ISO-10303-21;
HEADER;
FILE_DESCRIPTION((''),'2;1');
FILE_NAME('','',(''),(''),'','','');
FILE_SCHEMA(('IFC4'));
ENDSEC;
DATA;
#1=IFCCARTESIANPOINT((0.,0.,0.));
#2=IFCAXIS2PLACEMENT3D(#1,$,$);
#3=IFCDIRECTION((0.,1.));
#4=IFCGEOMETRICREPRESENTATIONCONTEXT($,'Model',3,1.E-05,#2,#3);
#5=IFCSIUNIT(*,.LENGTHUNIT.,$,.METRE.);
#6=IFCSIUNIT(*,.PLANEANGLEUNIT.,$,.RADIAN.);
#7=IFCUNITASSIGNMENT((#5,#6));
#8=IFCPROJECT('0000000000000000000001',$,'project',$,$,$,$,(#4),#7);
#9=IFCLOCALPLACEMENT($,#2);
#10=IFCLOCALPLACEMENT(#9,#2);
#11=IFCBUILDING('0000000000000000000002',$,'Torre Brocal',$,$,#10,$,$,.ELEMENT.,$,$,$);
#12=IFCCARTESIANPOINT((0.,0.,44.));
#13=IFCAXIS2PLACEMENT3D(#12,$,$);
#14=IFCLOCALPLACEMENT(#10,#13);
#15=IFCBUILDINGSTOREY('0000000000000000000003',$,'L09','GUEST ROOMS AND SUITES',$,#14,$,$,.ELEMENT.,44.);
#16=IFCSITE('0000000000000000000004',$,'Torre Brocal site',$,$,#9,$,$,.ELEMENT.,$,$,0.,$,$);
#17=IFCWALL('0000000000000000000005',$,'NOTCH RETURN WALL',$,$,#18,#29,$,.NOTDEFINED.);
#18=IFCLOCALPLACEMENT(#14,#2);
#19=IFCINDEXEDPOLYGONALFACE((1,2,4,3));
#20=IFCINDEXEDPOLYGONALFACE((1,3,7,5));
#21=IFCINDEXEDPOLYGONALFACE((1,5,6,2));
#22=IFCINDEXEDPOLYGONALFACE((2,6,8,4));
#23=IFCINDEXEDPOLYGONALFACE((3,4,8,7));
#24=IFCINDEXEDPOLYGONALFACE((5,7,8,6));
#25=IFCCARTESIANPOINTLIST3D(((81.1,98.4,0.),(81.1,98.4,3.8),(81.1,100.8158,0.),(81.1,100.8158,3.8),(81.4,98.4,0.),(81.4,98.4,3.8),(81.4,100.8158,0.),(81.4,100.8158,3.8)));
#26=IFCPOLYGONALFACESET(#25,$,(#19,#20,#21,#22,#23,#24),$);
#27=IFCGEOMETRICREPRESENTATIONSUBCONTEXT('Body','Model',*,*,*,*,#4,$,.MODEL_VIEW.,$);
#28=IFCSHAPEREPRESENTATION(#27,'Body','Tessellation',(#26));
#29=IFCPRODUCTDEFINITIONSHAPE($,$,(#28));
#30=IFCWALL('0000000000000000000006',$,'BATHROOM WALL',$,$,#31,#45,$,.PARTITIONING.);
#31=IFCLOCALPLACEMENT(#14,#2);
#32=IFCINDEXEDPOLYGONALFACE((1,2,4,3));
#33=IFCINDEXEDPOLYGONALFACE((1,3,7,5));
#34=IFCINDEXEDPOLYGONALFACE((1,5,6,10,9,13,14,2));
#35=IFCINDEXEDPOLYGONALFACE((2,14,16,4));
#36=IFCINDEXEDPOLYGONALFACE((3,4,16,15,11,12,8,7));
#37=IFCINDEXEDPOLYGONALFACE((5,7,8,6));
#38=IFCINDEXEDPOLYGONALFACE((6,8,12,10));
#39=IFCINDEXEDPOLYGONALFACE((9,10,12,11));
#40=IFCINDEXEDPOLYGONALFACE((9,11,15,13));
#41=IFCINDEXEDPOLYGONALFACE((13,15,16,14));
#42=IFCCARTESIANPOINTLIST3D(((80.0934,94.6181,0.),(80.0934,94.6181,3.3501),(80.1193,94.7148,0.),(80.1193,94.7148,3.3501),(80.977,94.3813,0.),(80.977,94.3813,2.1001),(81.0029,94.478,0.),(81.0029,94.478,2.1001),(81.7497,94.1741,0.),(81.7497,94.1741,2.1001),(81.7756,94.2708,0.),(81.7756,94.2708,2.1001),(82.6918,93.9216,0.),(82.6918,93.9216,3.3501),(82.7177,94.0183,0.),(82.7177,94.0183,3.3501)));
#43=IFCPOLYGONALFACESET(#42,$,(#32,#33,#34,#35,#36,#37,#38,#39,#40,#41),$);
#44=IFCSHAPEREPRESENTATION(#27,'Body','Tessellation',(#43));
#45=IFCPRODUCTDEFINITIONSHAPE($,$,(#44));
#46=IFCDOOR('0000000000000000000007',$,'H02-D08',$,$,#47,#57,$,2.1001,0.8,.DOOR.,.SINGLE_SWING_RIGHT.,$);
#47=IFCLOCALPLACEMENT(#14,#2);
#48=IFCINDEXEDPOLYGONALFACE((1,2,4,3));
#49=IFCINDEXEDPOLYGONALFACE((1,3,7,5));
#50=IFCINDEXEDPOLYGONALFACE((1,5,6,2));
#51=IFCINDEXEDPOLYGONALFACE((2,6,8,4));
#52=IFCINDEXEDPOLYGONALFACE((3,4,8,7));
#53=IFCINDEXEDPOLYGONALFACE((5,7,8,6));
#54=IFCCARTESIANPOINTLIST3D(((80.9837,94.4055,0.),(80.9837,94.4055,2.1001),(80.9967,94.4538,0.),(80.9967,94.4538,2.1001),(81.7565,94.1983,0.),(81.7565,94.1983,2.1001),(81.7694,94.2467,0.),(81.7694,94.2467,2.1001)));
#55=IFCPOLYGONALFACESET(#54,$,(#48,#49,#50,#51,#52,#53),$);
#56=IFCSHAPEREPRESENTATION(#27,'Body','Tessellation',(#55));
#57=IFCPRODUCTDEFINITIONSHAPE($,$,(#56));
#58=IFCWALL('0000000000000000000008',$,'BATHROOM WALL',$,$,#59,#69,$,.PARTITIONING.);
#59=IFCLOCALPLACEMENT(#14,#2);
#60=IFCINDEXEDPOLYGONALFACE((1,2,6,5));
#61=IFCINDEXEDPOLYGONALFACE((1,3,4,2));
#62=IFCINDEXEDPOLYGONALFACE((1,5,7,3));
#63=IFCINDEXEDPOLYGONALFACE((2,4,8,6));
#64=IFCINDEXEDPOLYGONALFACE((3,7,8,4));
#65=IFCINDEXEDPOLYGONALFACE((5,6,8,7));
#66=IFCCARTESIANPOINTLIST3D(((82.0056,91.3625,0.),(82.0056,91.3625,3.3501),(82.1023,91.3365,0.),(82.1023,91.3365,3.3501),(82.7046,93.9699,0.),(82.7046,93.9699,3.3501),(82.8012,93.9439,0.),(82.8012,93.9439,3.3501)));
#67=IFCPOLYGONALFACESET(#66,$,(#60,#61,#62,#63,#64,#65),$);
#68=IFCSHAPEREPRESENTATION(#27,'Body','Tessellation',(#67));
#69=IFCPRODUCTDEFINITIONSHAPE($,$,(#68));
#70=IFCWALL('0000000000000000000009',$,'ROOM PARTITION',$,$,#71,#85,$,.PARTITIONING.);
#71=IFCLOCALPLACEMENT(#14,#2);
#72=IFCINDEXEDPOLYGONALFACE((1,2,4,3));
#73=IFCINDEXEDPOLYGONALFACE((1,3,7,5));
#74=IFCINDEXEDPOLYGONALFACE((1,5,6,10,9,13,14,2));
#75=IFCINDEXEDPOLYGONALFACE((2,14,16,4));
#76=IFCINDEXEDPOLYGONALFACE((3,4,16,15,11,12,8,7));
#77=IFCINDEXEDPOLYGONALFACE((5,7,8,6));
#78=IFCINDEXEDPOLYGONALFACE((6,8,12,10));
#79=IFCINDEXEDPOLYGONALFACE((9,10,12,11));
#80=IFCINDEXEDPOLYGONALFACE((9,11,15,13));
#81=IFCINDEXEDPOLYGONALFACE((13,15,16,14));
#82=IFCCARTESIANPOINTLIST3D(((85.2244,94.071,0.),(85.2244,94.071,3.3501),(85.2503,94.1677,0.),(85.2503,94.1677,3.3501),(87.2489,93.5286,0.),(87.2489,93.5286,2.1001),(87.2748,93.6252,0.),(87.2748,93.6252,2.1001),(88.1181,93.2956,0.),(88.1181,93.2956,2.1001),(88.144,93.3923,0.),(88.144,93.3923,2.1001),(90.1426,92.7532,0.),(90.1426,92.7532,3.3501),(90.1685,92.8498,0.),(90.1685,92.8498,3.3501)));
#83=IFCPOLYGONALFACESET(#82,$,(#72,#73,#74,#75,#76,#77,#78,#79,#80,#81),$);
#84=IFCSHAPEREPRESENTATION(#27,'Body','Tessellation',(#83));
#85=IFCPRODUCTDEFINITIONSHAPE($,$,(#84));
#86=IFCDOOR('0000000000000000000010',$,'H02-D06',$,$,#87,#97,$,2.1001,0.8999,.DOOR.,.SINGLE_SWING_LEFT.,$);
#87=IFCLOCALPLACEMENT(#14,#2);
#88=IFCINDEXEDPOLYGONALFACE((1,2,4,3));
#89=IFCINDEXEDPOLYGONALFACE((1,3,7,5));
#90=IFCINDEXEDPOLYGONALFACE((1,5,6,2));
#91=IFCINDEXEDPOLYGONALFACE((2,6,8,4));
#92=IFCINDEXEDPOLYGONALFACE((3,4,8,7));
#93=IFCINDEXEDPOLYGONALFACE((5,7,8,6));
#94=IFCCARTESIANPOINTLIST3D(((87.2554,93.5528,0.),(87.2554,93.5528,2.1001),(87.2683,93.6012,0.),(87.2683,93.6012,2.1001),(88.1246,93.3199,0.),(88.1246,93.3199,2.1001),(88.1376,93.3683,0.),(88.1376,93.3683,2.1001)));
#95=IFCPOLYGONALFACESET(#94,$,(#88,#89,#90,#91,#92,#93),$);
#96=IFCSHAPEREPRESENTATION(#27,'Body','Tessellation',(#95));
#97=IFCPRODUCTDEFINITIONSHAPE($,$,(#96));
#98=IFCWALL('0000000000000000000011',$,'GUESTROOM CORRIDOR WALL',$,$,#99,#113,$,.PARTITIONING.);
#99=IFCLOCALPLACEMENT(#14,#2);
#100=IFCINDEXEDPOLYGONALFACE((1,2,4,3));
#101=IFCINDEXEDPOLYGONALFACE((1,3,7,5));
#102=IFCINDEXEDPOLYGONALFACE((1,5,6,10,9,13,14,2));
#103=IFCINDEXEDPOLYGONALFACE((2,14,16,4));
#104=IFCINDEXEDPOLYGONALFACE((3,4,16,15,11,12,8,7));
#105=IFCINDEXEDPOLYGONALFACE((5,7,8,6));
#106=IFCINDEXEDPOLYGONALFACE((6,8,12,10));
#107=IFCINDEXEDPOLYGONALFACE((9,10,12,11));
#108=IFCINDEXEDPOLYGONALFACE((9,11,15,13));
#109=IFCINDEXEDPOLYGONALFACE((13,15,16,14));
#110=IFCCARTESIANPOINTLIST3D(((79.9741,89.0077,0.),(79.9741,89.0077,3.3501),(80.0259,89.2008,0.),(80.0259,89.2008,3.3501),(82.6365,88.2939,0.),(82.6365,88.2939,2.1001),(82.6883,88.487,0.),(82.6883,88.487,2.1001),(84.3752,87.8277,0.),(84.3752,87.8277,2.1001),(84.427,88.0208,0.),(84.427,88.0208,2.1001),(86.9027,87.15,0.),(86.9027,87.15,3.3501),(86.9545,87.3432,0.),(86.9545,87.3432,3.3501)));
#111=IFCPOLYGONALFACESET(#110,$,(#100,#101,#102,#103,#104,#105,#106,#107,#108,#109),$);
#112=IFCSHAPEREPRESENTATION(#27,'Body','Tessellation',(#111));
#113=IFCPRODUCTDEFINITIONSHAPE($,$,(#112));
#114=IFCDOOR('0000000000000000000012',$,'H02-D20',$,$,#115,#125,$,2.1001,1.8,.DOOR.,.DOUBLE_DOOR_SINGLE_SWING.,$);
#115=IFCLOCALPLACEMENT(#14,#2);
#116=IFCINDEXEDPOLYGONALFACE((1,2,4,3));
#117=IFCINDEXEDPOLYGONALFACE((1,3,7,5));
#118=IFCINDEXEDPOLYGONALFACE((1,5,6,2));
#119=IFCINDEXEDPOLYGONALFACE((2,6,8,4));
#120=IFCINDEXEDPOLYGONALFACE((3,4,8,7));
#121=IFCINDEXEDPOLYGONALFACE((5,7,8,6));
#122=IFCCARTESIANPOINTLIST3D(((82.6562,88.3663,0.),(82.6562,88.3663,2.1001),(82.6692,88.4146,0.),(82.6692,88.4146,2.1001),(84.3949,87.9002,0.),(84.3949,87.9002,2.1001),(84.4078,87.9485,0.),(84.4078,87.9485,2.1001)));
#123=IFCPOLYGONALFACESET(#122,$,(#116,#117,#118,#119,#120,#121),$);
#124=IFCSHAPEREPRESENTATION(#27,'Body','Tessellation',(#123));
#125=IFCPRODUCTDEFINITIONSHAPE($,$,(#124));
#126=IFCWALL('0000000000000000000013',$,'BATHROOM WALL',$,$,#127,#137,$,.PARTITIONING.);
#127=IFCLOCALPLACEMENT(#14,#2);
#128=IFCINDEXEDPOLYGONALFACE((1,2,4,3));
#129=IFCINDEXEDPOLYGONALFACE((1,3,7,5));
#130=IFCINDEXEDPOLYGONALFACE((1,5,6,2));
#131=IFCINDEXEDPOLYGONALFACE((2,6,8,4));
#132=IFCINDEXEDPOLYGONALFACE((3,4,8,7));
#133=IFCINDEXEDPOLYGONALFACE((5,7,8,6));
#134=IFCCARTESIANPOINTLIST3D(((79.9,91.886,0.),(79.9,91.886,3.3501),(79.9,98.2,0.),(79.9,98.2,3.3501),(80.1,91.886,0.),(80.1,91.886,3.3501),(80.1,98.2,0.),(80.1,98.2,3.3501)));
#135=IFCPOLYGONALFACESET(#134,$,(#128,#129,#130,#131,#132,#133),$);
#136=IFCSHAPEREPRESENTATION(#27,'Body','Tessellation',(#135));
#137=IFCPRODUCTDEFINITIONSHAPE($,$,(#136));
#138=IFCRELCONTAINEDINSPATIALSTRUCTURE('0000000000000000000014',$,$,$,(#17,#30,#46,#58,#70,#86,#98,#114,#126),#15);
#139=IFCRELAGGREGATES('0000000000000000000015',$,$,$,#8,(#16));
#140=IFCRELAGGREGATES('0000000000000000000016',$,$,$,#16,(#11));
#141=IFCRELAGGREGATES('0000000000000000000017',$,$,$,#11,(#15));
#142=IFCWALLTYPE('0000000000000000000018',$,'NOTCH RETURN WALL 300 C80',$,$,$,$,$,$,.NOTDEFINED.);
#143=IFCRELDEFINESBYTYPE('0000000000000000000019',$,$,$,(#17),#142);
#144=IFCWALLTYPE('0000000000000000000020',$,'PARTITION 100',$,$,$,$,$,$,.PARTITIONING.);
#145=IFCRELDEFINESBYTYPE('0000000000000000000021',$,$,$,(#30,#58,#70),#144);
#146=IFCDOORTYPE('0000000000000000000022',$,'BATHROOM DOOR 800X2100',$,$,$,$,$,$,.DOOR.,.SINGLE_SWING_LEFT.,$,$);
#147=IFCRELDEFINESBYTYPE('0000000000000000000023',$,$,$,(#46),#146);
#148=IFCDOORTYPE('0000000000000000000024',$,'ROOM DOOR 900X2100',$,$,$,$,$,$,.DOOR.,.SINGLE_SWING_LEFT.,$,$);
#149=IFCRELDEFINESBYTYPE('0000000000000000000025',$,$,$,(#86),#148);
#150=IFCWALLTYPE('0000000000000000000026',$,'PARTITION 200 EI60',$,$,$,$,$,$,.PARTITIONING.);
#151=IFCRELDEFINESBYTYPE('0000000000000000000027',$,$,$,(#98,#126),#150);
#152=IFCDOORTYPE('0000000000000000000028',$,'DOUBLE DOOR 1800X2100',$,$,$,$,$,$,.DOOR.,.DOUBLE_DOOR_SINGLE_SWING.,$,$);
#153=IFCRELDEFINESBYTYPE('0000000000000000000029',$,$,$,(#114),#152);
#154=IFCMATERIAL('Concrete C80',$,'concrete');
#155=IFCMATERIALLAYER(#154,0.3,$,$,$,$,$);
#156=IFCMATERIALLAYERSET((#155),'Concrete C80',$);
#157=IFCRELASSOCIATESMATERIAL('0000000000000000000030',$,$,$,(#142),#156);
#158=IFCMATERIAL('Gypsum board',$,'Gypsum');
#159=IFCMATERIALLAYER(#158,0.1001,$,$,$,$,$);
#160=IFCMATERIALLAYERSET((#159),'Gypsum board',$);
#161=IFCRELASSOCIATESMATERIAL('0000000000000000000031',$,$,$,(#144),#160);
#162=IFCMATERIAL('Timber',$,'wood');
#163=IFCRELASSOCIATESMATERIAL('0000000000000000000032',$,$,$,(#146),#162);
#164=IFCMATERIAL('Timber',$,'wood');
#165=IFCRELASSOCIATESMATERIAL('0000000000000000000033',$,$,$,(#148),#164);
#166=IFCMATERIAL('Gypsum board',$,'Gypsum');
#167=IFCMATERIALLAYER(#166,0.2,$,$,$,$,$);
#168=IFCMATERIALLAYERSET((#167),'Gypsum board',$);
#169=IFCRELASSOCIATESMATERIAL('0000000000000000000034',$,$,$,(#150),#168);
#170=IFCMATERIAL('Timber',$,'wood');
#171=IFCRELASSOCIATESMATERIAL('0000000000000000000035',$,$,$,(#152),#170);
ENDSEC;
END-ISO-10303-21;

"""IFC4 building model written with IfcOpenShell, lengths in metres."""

from ifc_helpers import new_model, si_unit, direction, frame, frame_2d, origin, place, context, subcontext, project, spatial, rectangle, extrude, material, layer, layer_set, type_object, element, fill, save


model = new_model("IFC4")

# Units and contexts
model_context = context("Model", 3, precision=1e-05, world=origin(), true_north=direction((0.0, 1.0)))
body_context = subcontext(model_context, "Body", "Model", "MODEL_VIEW")
ifc_project = project(units=[si_unit("LENGTHUNIT", "METRE"), si_unit("PLANEANGLEUNIT", "RADIAN")], contexts=[model_context])

# Site, building, storey
site_placement = place(None, origin())
site = spatial("IfcSite", under=ifc_project, at=site_placement, Name="Torre Brocal site", CompositionType="ELEMENT", RefElevation=0.0)
building_placement = place(site_placement, origin())
building = spatial("IfcBuilding", under=site, at=building_placement, Name="Torre Brocal", CompositionType="ELEMENT")
storey_placement = place(building_placement, frame((0.0, 0.0, 44.0)))
storey = spatial("IfcBuildingStorey", under=building, at=storey_placement, Name="L09", Description="GUEST ROOMS AND SUITES", CompositionType="ELEMENT", Elevation=44.0)

# Wall
ifc_material_1 = material(Name="Concrete C80", Category="concrete")
ifc_layer_1 = layer(ifc_material_1, 0.3)
ifc_layer_set_1 = layer_set([ifc_layer_1], Name="Concrete C80")
wall_type_1 = type_object("IfcWallType", Name="NOTCH RETURN WALL 300 C80", PredefinedType="NOTDEFINED", material=ifc_layer_set_1)
wall_1_placement = place(storey_placement, frame((81.25, 98.3999, 0.0), z_axis=(0.0, 0.0, 1.0), x_axis=(0.0, 1.0, 0.0)))
element("IfcWall", 1, at=wall_1_placement, inside=storey, type_object=wall_type_1, Name="NOTCH RETURN WALL", PredefinedType="NOTDEFINED", context=body_context, shape_type="SweptSolid", body=[
    extrude(rectangle(XDim=2.4158, YDim=0.3, at=frame_2d((1.208, 0.0))), origin(), (0.0, 0.0, 1.0), 3.8),
])

# Wall, opening, door
ifc_material_2 = material(Name="Gypsum board", Category="Gypsum")
ifc_layer_2 = layer(ifc_material_2, 0.1001)
ifc_layer_set_2 = layer_set([ifc_layer_2], Name="Gypsum board")
wall_type_2 = type_object("IfcWallType", Name="PARTITION 100", PredefinedType="PARTITIONING", material=ifc_layer_set_2)
wall_2_placement = place(storey_placement, frame((80.1062, 94.6665, 0.0), z_axis=(0.0, 0.0, 1.0), x_axis=(0.965898, -0.258922, 0.0)))
wall_2 = element("IfcWall", 2, at=wall_2_placement, inside=storey, type_object=wall_type_2, Name="BATHROOM WALL", PredefinedType="PARTITIONING", context=body_context, shape_type="SweptSolid", body=[
    extrude(rectangle(XDim=2.6902, YDim=0.1001, at=frame_2d((1.3452, 0.0))), origin(), (0.0, 0.0, 1.0), 3.3501),
])
opening_1_placement = place(wall_2_placement, frame((0.915, 0.0, 0.0)))
opening_1 = element("IfcOpeningElement", 3, at=opening_1_placement, cuts=wall_2, PredefinedType="OPENING", context=body_context, shape_type="SweptSolid", body=[
    extrude(rectangle(XDim=0.8, YDim=2.1001, at=frame_2d((0.3999, 1.05))), frame((0.0, 0.0601, 0.0), z_axis=(0.0, -1.0, 0.0), x_axis=(1.0, 0.0, 0.0)), (0.0, 0.0, 1.0), 0.1201),
])
ifc_material_3 = material(Name="Timber", Category="wood")
door_type_1 = type_object("IfcDoorType", Name="BATHROOM DOOR 800X2100", OperationType="SINGLE_SWING_LEFT", PredefinedType="DOOR", material=ifc_material_3)
door_1_placement = place(opening_1_placement, frame((0.8, 0.0, 0.0), z_axis=(0.0, 0.0, 1.0), x_axis=(-1.0, 0.0, 0.0)))
door_1 = element("IfcDoor", 4, at=door_1_placement, inside=storey, type_object=door_type_1, Name="H02-D08", OperationType="SINGLE_SWING_RIGHT", OverallHeight=2.1001, OverallWidth=0.8, PredefinedType="DOOR", context=body_context, shape_type="SweptSolid", body=[
    extrude(rectangle(XDim=0.8, YDim=2.1001, at=frame_2d((0.3999, 1.05))), frame((0.0, 0.0249, 0.0), z_axis=(0.0, -1.0, 0.0), x_axis=(1.0, 0.0, 0.0)), (0.0, 0.0, 1.0), 0.05),
])
fill(opening_1, door_1)

# Wall
wall_3_placement = place(storey_placement, frame((82.054, 91.3496, 0.0), z_axis=(0.0, 0.0, 1.0), x_axis=(0.258929, 0.965896, 0.0)))
element("IfcWall", 5, at=wall_3_placement, inside=storey, type_object=wall_type_2, Name="BATHROOM WALL", PredefinedType="PARTITIONING", context=body_context, shape_type="SweptSolid", body=[
    extrude(rectangle(XDim=2.6995, YDim=0.1001, at=frame_2d((1.3496, 0.0))), origin(), (0.0, 0.0, 1.0), 3.3501),
])

# Walls, openings, doors
wall_4_placement = place(storey_placement, frame((85.2373, 94.1194, 0.0), z_axis=(0.0, 0.0, 1.0), x_axis=(0.965924, -0.258826, 0.0)))
wall_4 = element("IfcWall", 6, at=wall_4_placement, inside=storey, type_object=wall_type_2, Name="ROOM PARTITION", PredefinedType="PARTITIONING", context=body_context, shape_type="SweptSolid", body=[
    extrude(rectangle(XDim=5.0918, YDim=0.1001, at=frame_2d((2.5459, 0.0))), origin(), (0.0, 0.0, 1.0), 3.3501),
])
opening_2_placement = place(wall_4_placement, frame((2.0959, 0.0, 0.0)))
opening_2 = element("IfcOpeningElement", 7, at=opening_2_placement, cuts=wall_4, PredefinedType="OPENING", context=body_context, shape_type="SweptSolid", body=[
    extrude(rectangle(XDim=0.8999, YDim=2.1001, at=frame_2d((0.45, 1.05))), frame((0.0, 0.0601, 0.0), z_axis=(0.0, -1.0, 0.0), x_axis=(1.0, 0.0, 0.0)), (0.0, 0.0, 1.0), 0.1201),
])
ifc_material_4 = material(Name="Timber", Category="wood")
door_type_2 = type_object("IfcDoorType", Name="ROOM DOOR 900X2100", OperationType="SINGLE_SWING_LEFT", PredefinedType="DOOR", material=ifc_material_4)
door_2_placement = place(opening_2_placement, frame((0.8999, 0.0, 0.0), z_axis=(0.0, 0.0, 1.0), x_axis=(-1.0, 0.0, 0.0)))
door_2 = element("IfcDoor", 8, at=door_2_placement, inside=storey, type_object=door_type_2, Name="H02-D06", OperationType="SINGLE_SWING_LEFT", OverallHeight=2.1001, OverallWidth=0.8999, PredefinedType="DOOR", context=body_context, shape_type="SweptSolid", body=[
    extrude(rectangle(XDim=0.8999, YDim=2.1001, at=frame_2d((0.45, 1.05))), frame((0.0, 0.0249, 0.0), z_axis=(0.0, -1.0, 0.0), x_axis=(1.0, 0.0, 0.0)), (0.0, 0.0, 1.0), 0.05),
])
fill(opening_2, door_2)
ifc_material_5 = material(Name="Gypsum board", Category="Gypsum")
ifc_layer_3 = layer(ifc_material_5, 0.2)
ifc_layer_set_3 = layer_set([ifc_layer_3], Name="Gypsum board")
wall_type_3 = type_object("IfcWallType", Name="PARTITION 200 EI60", PredefinedType="PARTITIONING", material=ifc_layer_set_3)
wall_5_placement = place(storey_placement, frame((80.0, 89.1042, 0.0), z_axis=(0.0, 0.0, 1.0), x_axis=(0.965887, -0.258965, 0.0)))
wall_5 = element("IfcWall", 9, at=wall_5_placement, inside=storey, type_object=wall_type_3, Name="GUESTROOM CORRIDOR WALL", PredefinedType="PARTITIONING", context=body_context, shape_type="SweptSolid", body=[
    extrude(rectangle(XDim=7.1733, YDim=0.2, at=frame_2d((3.5867, 0.0))), origin(), (0.0, 0.0, 1.0), 3.3501),
])
opening_3_placement = place(wall_5_placement, frame((2.7566, 0.0, 0.0)))
opening_3 = element("IfcOpeningElement", 10, at=opening_3_placement, cuts=wall_5, PredefinedType="OPENING", context=body_context, shape_type="SweptSolid", body=[
    extrude(rectangle(XDim=1.8, YDim=2.1001, at=frame_2d((0.8999, 1.05))), frame((0.0, 0.1099, 0.0), z_axis=(0.0, -1.0, 0.0), x_axis=(1.0, 0.0, 0.0)), (0.0, 0.0, 1.0), 0.22),
])
ifc_material_6 = material(Name="Timber", Category="wood")
door_type_3 = type_object("IfcDoorType", Name="DOUBLE DOOR 1800X2100", OperationType="DOUBLE_DOOR_SINGLE_SWING", PredefinedType="DOOR", material=ifc_material_6)
door_3_placement = place(opening_3_placement, frame((1.8, 0.0, 0.0), z_axis=(0.0, 0.0, 1.0), x_axis=(-1.0, 0.0, 0.0)))
door_3 = element("IfcDoor", 11, at=door_3_placement, inside=storey, type_object=door_type_3, Name="H02-D20", OperationType="DOUBLE_DOOR_SINGLE_SWING", OverallHeight=2.1001, OverallWidth=1.8, PredefinedType="DOOR", context=body_context, shape_type="SweptSolid", body=[
    extrude(rectangle(XDim=1.8, YDim=2.1001, at=frame_2d((0.8999, 1.05))), frame((0.0, 0.0249, 0.0), z_axis=(0.0, -1.0, 0.0), x_axis=(1.0, 0.0, 0.0)), (0.0, 0.0, 1.0), 0.05),
])
fill(opening_3, door_3)

# Wall
wall_6_placement = place(storey_placement, frame((80.0, 91.886, 0.0), z_axis=(0.0, 0.0, 1.0), x_axis=(0.0, 1.0, 0.0)))
element("IfcWall", 12, at=wall_6_placement, inside=storey, type_object=wall_type_3, Name="BATHROOM WALL", PredefinedType="PARTITIONING", context=body_context, shape_type="SweptSolid", body=[
    extrude(rectangle(XDim=6.314, YDim=0.2, at=frame_2d((3.157, 0.0))), origin(), (0.0, 0.0, 1.0), 3.3501),
])

save(model, "model.ifc")
